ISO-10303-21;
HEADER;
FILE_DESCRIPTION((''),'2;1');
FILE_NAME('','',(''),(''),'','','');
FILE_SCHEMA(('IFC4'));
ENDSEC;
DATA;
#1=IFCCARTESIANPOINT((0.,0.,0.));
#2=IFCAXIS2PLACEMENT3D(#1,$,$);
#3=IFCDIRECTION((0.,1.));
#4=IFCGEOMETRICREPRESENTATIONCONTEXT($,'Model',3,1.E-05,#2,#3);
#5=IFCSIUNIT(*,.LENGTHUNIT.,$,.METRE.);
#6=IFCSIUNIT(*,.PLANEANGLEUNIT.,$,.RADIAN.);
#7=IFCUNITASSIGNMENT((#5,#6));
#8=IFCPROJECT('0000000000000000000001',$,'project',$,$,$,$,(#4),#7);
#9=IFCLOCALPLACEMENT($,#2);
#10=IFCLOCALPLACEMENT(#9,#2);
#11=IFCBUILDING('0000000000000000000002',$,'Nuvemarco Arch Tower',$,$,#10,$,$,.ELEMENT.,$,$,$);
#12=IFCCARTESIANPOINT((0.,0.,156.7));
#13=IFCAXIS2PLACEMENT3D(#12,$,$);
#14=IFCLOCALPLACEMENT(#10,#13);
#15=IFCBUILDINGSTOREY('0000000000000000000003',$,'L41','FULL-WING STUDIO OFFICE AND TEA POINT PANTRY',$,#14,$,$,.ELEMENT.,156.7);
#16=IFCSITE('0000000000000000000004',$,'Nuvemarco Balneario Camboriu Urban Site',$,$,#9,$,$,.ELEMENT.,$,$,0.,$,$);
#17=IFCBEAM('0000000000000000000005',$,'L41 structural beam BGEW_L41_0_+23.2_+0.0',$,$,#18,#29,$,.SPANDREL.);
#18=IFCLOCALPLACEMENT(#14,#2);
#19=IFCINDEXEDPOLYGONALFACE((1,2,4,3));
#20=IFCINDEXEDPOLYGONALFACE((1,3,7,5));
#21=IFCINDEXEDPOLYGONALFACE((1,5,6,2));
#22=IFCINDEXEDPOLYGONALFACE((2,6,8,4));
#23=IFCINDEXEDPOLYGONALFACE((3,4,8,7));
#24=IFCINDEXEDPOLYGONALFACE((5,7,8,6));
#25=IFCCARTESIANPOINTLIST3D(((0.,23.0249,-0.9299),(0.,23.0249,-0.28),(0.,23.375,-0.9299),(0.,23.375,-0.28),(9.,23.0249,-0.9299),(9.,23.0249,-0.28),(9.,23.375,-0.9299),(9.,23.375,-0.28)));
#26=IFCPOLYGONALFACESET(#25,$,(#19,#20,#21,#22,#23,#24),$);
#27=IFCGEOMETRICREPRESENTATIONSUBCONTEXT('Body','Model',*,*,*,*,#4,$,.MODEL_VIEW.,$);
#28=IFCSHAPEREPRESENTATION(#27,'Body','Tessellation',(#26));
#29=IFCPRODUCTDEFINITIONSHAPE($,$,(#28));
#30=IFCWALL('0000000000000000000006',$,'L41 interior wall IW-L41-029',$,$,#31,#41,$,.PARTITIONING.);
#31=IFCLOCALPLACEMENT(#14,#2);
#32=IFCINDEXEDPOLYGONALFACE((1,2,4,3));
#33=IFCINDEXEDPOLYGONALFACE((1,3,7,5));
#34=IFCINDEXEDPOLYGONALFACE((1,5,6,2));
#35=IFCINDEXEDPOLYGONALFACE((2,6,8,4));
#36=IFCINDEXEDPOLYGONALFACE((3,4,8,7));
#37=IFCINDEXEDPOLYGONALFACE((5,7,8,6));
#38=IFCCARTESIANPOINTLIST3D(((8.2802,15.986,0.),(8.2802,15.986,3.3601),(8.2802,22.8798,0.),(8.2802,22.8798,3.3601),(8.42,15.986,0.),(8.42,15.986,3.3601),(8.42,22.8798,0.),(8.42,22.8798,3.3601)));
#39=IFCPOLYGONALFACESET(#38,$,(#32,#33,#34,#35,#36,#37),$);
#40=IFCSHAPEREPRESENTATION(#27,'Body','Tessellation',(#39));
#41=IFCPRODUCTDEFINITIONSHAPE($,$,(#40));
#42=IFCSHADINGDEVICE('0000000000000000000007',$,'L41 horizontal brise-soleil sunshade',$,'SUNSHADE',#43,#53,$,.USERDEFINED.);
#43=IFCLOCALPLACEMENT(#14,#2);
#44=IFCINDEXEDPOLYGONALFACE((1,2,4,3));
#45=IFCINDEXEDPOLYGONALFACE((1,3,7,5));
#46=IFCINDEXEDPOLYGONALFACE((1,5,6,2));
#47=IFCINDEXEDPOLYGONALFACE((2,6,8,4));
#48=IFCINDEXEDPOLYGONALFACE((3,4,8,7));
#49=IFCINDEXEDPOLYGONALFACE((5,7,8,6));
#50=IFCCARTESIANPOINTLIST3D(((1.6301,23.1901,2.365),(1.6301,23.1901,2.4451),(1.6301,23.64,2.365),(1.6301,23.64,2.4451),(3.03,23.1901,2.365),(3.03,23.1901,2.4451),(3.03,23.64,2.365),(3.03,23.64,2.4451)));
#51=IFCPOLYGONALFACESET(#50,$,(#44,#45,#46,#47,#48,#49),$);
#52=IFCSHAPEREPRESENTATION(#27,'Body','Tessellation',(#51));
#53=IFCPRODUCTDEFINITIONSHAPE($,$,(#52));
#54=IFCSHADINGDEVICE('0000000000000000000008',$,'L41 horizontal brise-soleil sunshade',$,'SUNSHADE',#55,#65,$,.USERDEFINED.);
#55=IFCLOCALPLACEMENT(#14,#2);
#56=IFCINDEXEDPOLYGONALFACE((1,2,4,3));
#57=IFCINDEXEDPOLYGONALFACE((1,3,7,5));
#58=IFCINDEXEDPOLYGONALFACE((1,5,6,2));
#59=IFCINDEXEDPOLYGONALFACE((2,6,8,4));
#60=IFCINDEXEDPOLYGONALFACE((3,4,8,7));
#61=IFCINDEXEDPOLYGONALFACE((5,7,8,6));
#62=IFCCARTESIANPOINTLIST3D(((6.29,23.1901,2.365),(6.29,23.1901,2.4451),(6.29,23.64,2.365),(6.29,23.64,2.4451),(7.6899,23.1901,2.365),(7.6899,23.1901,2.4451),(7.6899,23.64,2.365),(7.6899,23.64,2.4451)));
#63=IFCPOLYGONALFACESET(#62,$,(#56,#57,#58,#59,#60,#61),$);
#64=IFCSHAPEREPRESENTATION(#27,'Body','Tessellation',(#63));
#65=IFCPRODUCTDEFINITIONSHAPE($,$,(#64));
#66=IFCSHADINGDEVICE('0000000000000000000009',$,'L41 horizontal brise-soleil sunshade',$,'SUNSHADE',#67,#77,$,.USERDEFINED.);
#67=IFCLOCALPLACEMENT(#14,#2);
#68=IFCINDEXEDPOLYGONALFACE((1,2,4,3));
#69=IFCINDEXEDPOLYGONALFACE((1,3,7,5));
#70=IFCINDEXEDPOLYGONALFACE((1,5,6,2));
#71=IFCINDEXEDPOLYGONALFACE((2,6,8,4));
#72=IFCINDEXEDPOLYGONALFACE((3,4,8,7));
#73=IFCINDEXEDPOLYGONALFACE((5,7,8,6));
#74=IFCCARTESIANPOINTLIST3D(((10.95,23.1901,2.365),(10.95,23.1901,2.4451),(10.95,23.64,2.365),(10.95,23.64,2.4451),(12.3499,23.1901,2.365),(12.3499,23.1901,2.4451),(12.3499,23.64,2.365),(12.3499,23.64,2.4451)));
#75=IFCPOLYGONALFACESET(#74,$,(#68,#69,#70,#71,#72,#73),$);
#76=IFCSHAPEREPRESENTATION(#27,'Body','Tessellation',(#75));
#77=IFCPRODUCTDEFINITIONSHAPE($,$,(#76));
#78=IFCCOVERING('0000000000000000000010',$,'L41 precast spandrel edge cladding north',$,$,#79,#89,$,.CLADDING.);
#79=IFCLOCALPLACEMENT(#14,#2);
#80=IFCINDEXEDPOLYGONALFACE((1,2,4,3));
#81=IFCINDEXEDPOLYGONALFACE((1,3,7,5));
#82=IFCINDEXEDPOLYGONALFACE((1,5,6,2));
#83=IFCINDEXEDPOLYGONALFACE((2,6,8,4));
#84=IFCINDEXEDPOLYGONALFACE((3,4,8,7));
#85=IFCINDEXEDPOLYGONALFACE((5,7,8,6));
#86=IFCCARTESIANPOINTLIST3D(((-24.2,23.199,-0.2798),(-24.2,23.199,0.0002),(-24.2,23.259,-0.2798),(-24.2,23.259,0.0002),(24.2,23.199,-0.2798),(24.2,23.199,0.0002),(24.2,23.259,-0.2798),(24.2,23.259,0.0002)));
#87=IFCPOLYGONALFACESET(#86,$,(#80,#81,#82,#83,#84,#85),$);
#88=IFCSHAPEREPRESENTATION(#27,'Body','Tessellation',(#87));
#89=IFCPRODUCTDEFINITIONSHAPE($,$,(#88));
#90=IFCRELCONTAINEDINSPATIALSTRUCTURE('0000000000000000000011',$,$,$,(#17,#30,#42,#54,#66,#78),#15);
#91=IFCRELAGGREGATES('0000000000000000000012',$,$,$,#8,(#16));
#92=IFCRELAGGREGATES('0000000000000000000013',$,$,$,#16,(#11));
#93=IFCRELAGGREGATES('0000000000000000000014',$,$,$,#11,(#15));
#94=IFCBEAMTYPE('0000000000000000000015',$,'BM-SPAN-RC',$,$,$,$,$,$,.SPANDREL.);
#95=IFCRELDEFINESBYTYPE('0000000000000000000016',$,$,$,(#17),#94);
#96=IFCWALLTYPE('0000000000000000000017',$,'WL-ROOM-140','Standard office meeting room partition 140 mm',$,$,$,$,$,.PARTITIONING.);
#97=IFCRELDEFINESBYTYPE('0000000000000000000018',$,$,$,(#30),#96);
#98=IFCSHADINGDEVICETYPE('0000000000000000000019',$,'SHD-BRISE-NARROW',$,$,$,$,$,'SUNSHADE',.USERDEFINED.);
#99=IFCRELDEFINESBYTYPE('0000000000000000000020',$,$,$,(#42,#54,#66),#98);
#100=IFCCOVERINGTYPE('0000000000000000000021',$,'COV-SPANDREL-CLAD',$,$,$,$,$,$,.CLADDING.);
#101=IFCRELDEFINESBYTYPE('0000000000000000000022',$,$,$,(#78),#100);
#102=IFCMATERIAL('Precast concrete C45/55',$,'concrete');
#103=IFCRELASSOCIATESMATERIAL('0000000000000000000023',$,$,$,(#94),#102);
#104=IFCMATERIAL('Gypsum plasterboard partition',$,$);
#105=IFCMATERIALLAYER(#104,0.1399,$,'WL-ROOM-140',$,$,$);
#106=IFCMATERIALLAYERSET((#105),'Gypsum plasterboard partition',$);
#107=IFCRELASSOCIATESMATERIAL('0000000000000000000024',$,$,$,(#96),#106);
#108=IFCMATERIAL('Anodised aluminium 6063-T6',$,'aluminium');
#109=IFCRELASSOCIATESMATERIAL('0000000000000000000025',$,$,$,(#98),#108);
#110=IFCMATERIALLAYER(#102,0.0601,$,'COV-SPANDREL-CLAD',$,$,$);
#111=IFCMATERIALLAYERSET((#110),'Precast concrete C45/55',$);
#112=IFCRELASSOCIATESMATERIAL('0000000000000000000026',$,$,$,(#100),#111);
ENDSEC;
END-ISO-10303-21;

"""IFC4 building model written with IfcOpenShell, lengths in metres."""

from ifc_helpers import new_model, si_unit, direction, frame, frame_2d, origin, origin_2d, place, context, subcontext, project, spatial, rectangle, extrude, source, transform, mapped, material, layer, layer_set, material_profile, profile_set, type_object, type_shapes, element, save


model = new_model("IFC4")

# Units and contexts
model_context = context("Model", 3, precision=1e-05, world=origin(), true_north=direction((0.0, 1.0)))
body_context = subcontext(model_context, "Body", "Model", "MODEL_VIEW")
ifc_project = project(units=[si_unit("LENGTHUNIT", "METRE"), si_unit("PLANEANGLEUNIT", "RADIAN")], contexts=[model_context])

# Site, building, storey
site_placement = place(None, origin())
site = spatial("IfcSite", under=ifc_project, at=site_placement, Name="Nuvemarco Balneario Camboriu Urban Site", CompositionType="ELEMENT", RefElevation=0.0)
building_placement = place(site_placement, origin())
building = spatial("IfcBuilding", under=site, at=building_placement, Name="Nuvemarco Arch Tower", CompositionType="ELEMENT")
storey_placement = place(building_placement, frame((0.0, 0.0, 156.7)))
storey = spatial("IfcBuildingStorey", under=building, at=storey_placement, Name="L41", Description="FULL-WING STUDIO OFFICE AND TEA POINT PANTRY", CompositionType="ELEMENT", Elevation=156.7)

# Beam
ifc_material_1 = material(Name="Precast concrete C45/55", Category="concrete")
ifc_material_profile_1 = material_profile(ifc_material_1, rectangle(XDim=0.3501, YDim=0.6499, at=origin_2d()), Name="PC-SP-350x650")
ifc_profile_set_1 = profile_set([ifc_material_profile_1], Name="Precast concrete C45/55")
beam_type_1 = type_object("IfcBeamType", Name="BM-SPAN-RC", PredefinedType="SPANDREL", material=ifc_profile_set_1)
beam_1_placement = place(storey_placement, frame((0.0, 23.2, -0.605), z_axis=(1.0, 0.0, 0.0), x_axis=(0.0, 1.0, 0.0)))
element("IfcBeam", 1, at=beam_1_placement, inside=storey, type_object=beam_type_1, Name="L41 structural beam BGEW_L41_0_+23.2_+0.0", PredefinedType="SPANDREL", context=body_context, shape_type="SweptSolid", body=[
    extrude(rectangle(XDim=0.3501, YDim=0.6499, at=origin_2d()), origin(), (0.0, 0.0, 1.0), 9.0),
])

# Wall
ifc_material_2 = material(Name="Gypsum plasterboard partition")
ifc_layer_1 = layer(ifc_material_2, 0.1399, Name="WL-ROOM-140")
ifc_layer_set_1 = layer_set([ifc_layer_1], Name="Gypsum plasterboard partition")
wall_type = type_object("IfcWallType", Name="WL-ROOM-140", Description="Standard office meeting room partition 140 mm", PredefinedType="PARTITIONING", material=ifc_layer_set_1)
wall_placement = place(storey_placement, frame((8.3501, 15.9861, 0.0), z_axis=(0.0, 0.0, 1.0), x_axis=(0.0, 1.0, 0.0)))
element("IfcWall", 2, at=wall_placement, inside=storey, type_object=wall_type, Name="L41 interior wall IW-L41-029", PredefinedType="PARTITIONING", context=body_context, shape_type="SweptSolid", body=[
    extrude(rectangle(XDim=6.8938, YDim=0.1399, at=frame_2d((3.4468, 0.0))), origin(), (0.0, 0.0, 1.0), 3.3601),
])

# Shading devices
ifc_material_3 = material(Name="Anodised aluminium 6063-T6", Category="aluminium")
shading_device_type = type_object("IfcShadingDeviceType", Name="SHD-BRISE-NARROW", ElementType="SUNSHADE", PredefinedType="USERDEFINED", material=ifc_material_3)
shared_shape_1 = source(origin(), body_context, "Body", "SweptSolid", [
    extrude(rectangle(XDim=1.3999, YDim=0.45, at=origin_2d()), origin(), (0.0, 0.0, 1.0), 0.0801),
])
type_shapes(shading_device_type, [shared_shape_1])
for number, where, z_axis, x_axis, name in (
    (3, (2.3301, 23.415, 2.365), (0.0, 0.0, 1.0), (1.0, 0.0, 0.0), "L41 horizontal brise-soleil sunshade"),
    (4, (6.99, 23.415, 2.365), (0.0, 0.0, 1.0), (1.0, 0.0, 0.0), "L41 horizontal brise-soleil sunshade"),
    (5, (11.6499, 23.415, 2.365), (0.0, 0.0, 1.0), (1.0, 0.0, 0.0), "L41 horizontal brise-soleil sunshade"),
):
    element("IfcShadingDevice", number, at=place(storey_placement, frame(where, z_axis=z_axis, x_axis=x_axis)), inside=storey, type_object=shading_device_type, Name=name, ObjectType="SUNSHADE", PredefinedType="USERDEFINED", context=body_context, shape_type="MappedRepresentation", body=[
        mapped(shared_shape_1, transform((0.0, 0.0, 0.0), scale=1.0)),
    ])

# Covering
ifc_layer_2 = layer(ifc_material_1, 0.0601, Name="COV-SPANDREL-CLAD")
ifc_layer_set_2 = layer_set([ifc_layer_2], Name="Precast concrete C45/55")
covering_type = type_object("IfcCoveringType", Name="COV-SPANDREL-CLAD", PredefinedType="CLADDING", material=ifc_layer_set_2)
shared_shape_2 = source(origin(), body_context, "Body", "SweptSolid", [
    extrude(rectangle(XDim=48.3999, YDim=0.0601, at=origin_2d()), origin(), (0.0, 0.0, 1.0), 0.28),
])
type_shapes(covering_type, [shared_shape_2])
covering_placement = place(storey_placement, frame((0.0, 23.229, -0.2798), z_axis=(0.0, 0.0, 1.0), x_axis=(1.0, 0.0, 0.0)))
element("IfcCovering", 6, at=covering_placement, inside=storey, type_object=covering_type, Name="L41 precast spandrel edge cladding north", PredefinedType="CLADDING", context=body_context, shape_type="MappedRepresentation", body=[
    mapped(shared_shape_2, transform((0.0, 0.0, 0.0), scale=1.0)),
])

save(model, "model.ifc")
